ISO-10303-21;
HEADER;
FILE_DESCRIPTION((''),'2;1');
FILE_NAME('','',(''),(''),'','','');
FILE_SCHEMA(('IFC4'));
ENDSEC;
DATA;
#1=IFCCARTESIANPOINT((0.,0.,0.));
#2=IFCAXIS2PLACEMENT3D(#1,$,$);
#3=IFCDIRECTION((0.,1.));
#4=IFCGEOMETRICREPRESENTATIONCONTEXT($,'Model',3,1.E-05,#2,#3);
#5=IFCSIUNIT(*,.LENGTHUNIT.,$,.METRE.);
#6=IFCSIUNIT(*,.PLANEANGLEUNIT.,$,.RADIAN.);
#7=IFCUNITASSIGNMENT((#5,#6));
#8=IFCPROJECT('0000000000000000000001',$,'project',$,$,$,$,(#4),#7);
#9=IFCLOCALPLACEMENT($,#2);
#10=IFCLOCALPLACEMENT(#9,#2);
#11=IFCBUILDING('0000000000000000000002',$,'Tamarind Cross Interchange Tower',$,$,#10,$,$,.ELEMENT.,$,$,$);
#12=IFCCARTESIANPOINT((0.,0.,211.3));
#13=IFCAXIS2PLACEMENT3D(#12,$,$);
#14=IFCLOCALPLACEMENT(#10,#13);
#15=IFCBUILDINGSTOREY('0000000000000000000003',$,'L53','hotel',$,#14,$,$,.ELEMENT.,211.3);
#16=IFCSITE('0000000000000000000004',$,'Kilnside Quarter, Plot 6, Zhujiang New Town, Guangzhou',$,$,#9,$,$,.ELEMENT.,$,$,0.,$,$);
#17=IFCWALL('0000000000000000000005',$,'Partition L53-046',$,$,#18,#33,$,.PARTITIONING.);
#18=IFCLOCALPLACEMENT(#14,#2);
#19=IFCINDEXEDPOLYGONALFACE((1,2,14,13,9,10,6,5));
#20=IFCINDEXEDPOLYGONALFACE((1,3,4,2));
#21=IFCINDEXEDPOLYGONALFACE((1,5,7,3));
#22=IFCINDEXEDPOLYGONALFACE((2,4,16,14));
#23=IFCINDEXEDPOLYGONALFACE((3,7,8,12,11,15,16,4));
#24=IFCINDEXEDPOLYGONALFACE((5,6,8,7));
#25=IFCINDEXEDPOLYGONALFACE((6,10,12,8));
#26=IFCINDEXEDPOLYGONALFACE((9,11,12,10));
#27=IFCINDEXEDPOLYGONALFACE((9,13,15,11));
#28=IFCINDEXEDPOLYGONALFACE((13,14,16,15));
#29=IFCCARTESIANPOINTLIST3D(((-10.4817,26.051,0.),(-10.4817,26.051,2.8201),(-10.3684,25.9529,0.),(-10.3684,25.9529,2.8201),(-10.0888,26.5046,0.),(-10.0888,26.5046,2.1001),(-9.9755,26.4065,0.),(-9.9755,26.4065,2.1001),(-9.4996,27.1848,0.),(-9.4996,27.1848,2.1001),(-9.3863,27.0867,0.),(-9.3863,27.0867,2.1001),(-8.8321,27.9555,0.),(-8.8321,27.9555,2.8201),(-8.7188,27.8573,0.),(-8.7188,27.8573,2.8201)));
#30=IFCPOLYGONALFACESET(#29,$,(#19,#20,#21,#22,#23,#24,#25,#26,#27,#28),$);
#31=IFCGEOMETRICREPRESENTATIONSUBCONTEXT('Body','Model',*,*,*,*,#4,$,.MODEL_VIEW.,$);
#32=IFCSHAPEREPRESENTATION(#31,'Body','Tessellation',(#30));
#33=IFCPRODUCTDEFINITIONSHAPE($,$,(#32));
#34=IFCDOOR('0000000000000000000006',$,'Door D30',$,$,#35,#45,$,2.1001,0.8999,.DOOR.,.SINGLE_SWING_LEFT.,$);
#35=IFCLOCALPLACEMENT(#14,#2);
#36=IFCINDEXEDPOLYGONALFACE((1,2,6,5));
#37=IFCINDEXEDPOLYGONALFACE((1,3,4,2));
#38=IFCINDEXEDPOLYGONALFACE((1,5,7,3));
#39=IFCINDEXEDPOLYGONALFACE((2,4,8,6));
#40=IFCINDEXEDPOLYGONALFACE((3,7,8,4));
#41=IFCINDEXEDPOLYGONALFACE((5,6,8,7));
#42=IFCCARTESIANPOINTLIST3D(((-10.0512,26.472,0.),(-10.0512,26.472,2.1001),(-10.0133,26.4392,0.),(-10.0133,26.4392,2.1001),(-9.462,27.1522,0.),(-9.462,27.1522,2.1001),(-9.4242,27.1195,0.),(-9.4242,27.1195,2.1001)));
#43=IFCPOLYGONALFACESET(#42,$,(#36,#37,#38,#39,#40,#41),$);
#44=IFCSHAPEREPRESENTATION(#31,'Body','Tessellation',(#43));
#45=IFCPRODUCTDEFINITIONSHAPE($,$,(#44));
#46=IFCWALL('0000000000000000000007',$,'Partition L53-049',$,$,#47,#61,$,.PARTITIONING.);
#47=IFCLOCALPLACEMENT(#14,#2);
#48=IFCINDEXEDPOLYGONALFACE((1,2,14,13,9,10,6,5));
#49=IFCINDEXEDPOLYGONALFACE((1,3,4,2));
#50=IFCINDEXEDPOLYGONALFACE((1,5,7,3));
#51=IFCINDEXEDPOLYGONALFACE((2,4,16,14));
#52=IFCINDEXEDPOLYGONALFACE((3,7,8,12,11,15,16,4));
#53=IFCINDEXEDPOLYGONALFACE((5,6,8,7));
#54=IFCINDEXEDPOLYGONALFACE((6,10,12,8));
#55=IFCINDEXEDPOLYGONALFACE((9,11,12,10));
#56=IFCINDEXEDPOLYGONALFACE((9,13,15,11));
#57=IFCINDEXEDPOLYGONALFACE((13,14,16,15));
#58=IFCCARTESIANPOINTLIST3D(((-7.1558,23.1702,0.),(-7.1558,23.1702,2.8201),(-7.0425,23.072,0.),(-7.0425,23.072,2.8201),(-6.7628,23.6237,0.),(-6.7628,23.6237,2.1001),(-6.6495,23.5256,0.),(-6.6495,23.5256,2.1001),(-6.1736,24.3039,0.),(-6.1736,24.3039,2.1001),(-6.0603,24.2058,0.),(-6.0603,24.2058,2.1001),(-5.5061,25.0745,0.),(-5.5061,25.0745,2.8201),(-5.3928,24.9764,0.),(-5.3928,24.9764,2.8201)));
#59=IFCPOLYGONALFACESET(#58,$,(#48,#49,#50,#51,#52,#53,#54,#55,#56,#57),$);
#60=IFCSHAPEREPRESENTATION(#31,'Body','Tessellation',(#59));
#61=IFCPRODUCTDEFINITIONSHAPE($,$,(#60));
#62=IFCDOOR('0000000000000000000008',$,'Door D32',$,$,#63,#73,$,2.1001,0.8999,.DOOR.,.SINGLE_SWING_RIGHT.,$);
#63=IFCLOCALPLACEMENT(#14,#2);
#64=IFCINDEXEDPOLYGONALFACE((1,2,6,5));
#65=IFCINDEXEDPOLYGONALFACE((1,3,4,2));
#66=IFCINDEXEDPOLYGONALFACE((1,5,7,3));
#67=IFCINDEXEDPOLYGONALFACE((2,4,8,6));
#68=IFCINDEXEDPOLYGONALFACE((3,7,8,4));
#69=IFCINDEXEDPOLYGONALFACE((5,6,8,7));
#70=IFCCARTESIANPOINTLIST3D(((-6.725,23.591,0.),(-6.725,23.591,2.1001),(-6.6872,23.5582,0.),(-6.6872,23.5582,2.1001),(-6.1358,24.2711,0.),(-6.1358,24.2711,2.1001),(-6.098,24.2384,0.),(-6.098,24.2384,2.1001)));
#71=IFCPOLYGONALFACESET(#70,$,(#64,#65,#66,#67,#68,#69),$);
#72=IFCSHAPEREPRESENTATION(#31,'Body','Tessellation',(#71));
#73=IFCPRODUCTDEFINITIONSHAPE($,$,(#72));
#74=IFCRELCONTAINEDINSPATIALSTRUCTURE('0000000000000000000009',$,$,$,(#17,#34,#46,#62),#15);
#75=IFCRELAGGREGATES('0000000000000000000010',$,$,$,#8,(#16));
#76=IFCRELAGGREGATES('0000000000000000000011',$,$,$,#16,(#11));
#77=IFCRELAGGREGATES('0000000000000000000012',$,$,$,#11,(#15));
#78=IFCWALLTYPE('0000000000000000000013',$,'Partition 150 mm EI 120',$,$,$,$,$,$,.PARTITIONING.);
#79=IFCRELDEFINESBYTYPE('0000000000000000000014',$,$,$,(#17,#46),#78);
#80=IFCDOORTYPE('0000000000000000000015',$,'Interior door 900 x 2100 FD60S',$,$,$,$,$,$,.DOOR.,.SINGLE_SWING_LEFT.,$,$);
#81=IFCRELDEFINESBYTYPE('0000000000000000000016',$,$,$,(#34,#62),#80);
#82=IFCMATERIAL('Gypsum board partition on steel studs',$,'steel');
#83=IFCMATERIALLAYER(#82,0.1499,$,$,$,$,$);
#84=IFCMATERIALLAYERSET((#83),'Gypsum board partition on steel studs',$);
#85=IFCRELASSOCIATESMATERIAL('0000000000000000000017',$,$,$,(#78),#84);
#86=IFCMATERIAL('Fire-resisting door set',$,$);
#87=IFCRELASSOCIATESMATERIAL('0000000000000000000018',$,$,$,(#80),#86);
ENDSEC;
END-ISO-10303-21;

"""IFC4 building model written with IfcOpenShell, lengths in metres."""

from ifc_helpers import new_model, si_unit, direction, frame, frame_2d, origin, place, context, subcontext, project, spatial, rectangle, extrude, material, layer, layer_set, type_object, element, fill, save


model = new_model("IFC4")

# Units and contexts
model_context = context("Model", 3, precision=1e-05, world=origin(), true_north=direction((0.0, 1.0)))
body_context = subcontext(model_context, "Body", "Model", "MODEL_VIEW")
ifc_project = project(units=[si_unit("LENGTHUNIT", "METRE"), si_unit("PLANEANGLEUNIT", "RADIAN")], contexts=[model_context])

# Site, building, storey
site_placement = place(None, origin())
site = spatial("IfcSite", under=ifc_project, at=site_placement, Name="Kilnside Quarter, Plot 6, Zhujiang New Town, Guangzhou", CompositionType="ELEMENT", RefElevation=0.0)
building_placement = place(site_placement, origin())
building = spatial("IfcBuilding", under=site, at=building_placement, Name="Tamarind Cross Interchange Tower", CompositionType="ELEMENT")
storey_placement = place(building_placement, frame((0.0, 0.0, 211.3)))
storey = spatial("IfcBuildingStorey", under=building, at=storey_placement, Name="L53", Description="hotel", CompositionType="ELEMENT", Elevation=211.3)

# Shared definitions
ifc_material_1 = material(Name="Gypsum board partition on steel studs", Category="steel")
ifc_layer_1 = layer(ifc_material_1, 0.1499)
ifc_layer_set_1 = layer_set([ifc_layer_1], Name="Gypsum board partition on steel studs")
wall_type = type_object("IfcWallType", Name="Partition 150 mm EI 120", PredefinedType="PARTITIONING", material=ifc_layer_set_1)
ifc_material_2 = material(Name="Fire-resisting door set")
door_type_1 = type_object("IfcDoorType", Name="Interior door 900 x 2100 FD60S", OperationType="SINGLE_SWING_LEFT", PredefinedType="DOOR", material=ifc_material_2)

# Walls, openings, doors
wall_1_placement = place(storey_placement, frame((-10.425, 26.002, 0.0), z_axis=(0.0, 0.0, 1.0), x_axis=(0.654717, 0.755874, 0.0)))
wall_1 = element("IfcWall", 1, at=wall_1_placement, inside=storey, type_object=wall_type, Name="Partition L53-046", PredefinedType="PARTITIONING", context=body_context, shape_type="SweptSolid", body=[
    extrude(rectangle(XDim=2.5195, YDim=0.1499, at=frame_2d((1.2598, 0.0))), origin(), (0.0, 0.0, 1.0), 2.8201),
])
opening_1_placement = place(wall_1_placement, frame((0.6001, 0.0, 0.0)))
opening_1 = element("IfcOpeningElement", 2, at=opening_1_placement, cuts=wall_1, PredefinedType="OPENING", context=body_context, shape_type="SweptSolid", body=[
    extrude(rectangle(XDim=0.8999, YDim=2.1001, at=frame_2d((0.45, 1.05))), frame((0.0, 0.085, 0.0), z_axis=(0.0, -1.0, 0.0), x_axis=(1.0, 0.0, 0.0)), (0.0, 0.0, 1.0), 0.1699),
])
door_1_placement = place(opening_1_placement, frame((0.8999, 0.0, 0.0), z_axis=(0.0, 0.0, 1.0), x_axis=(-1.0, 0.0, 0.0)))
door_1 = element("IfcDoor", 3, at=door_1_placement, inside=storey, type_object=door_type_1, Name="Door D30", OperationType="SINGLE_SWING_LEFT", OverallHeight=2.1001, OverallWidth=0.8999, PredefinedType="DOOR", context=body_context, shape_type="SweptSolid", body=[
    extrude(rectangle(XDim=0.8999, YDim=2.1001, at=frame_2d((0.45, 1.05))), frame((0.0, 0.0249, 0.0), z_axis=(0.0, -1.0, 0.0), x_axis=(1.0, 0.0, 0.0)), (0.0, 0.0, 1.0), 0.05),
])
fill(opening_1, door_1)
wall_2_placement = place(storey_placement, frame((-7.0991, 23.1211, 0.0), z_axis=(0.0, 0.0, 1.0), x_axis=(0.654765, 0.755833, 0.0)))
wall_2 = element("IfcWall", 4, at=wall_2_placement, inside=storey, type_object=wall_type, Name="Partition L53-049", PredefinedType="PARTITIONING", context=body_context, shape_type="SweptSolid", body=[
    extrude(rectangle(XDim=2.5195, YDim=0.1499, at=frame_2d((1.2598, 0.0))), origin(), (0.0, 0.0, 1.0), 2.8201),
])
opening_2_placement = place(wall_2_placement, frame((0.6001, 0.0, 0.0)))
opening_2 = element("IfcOpeningElement", 5, at=opening_2_placement, cuts=wall_2, PredefinedType="OPENING", context=body_context, shape_type="SweptSolid", body=[
    extrude(rectangle(XDim=0.8999, YDim=2.1001, at=frame_2d((0.45, 1.05))), frame((0.0, 0.085, 0.0), z_axis=(0.0, -1.0, 0.0), x_axis=(1.0, 0.0, 0.0)), (0.0, 0.0, 1.0), 0.1699),
])
door_2_placement = place(opening_2_placement, origin())
door_2 = element("IfcDoor", 6, at=door_2_placement, inside=storey, type_object=door_type_1, Name="Door D32", OperationType="SINGLE_SWING_RIGHT", OverallHeight=2.1001, OverallWidth=0.8999, PredefinedType="DOOR", context=body_context, shape_type="SweptSolid", body=[
    extrude(rectangle(XDim=0.8999, YDim=2.1001, at=frame_2d((0.45, 1.05))), frame((0.0, 0.0249, 0.0), z_axis=(0.0, -1.0, 0.0), x_axis=(1.0, 0.0, 0.0)), (0.0, 0.0, 1.0), 0.05),
])
fill(opening_2, door_2)

save(model, "model.ifc")
